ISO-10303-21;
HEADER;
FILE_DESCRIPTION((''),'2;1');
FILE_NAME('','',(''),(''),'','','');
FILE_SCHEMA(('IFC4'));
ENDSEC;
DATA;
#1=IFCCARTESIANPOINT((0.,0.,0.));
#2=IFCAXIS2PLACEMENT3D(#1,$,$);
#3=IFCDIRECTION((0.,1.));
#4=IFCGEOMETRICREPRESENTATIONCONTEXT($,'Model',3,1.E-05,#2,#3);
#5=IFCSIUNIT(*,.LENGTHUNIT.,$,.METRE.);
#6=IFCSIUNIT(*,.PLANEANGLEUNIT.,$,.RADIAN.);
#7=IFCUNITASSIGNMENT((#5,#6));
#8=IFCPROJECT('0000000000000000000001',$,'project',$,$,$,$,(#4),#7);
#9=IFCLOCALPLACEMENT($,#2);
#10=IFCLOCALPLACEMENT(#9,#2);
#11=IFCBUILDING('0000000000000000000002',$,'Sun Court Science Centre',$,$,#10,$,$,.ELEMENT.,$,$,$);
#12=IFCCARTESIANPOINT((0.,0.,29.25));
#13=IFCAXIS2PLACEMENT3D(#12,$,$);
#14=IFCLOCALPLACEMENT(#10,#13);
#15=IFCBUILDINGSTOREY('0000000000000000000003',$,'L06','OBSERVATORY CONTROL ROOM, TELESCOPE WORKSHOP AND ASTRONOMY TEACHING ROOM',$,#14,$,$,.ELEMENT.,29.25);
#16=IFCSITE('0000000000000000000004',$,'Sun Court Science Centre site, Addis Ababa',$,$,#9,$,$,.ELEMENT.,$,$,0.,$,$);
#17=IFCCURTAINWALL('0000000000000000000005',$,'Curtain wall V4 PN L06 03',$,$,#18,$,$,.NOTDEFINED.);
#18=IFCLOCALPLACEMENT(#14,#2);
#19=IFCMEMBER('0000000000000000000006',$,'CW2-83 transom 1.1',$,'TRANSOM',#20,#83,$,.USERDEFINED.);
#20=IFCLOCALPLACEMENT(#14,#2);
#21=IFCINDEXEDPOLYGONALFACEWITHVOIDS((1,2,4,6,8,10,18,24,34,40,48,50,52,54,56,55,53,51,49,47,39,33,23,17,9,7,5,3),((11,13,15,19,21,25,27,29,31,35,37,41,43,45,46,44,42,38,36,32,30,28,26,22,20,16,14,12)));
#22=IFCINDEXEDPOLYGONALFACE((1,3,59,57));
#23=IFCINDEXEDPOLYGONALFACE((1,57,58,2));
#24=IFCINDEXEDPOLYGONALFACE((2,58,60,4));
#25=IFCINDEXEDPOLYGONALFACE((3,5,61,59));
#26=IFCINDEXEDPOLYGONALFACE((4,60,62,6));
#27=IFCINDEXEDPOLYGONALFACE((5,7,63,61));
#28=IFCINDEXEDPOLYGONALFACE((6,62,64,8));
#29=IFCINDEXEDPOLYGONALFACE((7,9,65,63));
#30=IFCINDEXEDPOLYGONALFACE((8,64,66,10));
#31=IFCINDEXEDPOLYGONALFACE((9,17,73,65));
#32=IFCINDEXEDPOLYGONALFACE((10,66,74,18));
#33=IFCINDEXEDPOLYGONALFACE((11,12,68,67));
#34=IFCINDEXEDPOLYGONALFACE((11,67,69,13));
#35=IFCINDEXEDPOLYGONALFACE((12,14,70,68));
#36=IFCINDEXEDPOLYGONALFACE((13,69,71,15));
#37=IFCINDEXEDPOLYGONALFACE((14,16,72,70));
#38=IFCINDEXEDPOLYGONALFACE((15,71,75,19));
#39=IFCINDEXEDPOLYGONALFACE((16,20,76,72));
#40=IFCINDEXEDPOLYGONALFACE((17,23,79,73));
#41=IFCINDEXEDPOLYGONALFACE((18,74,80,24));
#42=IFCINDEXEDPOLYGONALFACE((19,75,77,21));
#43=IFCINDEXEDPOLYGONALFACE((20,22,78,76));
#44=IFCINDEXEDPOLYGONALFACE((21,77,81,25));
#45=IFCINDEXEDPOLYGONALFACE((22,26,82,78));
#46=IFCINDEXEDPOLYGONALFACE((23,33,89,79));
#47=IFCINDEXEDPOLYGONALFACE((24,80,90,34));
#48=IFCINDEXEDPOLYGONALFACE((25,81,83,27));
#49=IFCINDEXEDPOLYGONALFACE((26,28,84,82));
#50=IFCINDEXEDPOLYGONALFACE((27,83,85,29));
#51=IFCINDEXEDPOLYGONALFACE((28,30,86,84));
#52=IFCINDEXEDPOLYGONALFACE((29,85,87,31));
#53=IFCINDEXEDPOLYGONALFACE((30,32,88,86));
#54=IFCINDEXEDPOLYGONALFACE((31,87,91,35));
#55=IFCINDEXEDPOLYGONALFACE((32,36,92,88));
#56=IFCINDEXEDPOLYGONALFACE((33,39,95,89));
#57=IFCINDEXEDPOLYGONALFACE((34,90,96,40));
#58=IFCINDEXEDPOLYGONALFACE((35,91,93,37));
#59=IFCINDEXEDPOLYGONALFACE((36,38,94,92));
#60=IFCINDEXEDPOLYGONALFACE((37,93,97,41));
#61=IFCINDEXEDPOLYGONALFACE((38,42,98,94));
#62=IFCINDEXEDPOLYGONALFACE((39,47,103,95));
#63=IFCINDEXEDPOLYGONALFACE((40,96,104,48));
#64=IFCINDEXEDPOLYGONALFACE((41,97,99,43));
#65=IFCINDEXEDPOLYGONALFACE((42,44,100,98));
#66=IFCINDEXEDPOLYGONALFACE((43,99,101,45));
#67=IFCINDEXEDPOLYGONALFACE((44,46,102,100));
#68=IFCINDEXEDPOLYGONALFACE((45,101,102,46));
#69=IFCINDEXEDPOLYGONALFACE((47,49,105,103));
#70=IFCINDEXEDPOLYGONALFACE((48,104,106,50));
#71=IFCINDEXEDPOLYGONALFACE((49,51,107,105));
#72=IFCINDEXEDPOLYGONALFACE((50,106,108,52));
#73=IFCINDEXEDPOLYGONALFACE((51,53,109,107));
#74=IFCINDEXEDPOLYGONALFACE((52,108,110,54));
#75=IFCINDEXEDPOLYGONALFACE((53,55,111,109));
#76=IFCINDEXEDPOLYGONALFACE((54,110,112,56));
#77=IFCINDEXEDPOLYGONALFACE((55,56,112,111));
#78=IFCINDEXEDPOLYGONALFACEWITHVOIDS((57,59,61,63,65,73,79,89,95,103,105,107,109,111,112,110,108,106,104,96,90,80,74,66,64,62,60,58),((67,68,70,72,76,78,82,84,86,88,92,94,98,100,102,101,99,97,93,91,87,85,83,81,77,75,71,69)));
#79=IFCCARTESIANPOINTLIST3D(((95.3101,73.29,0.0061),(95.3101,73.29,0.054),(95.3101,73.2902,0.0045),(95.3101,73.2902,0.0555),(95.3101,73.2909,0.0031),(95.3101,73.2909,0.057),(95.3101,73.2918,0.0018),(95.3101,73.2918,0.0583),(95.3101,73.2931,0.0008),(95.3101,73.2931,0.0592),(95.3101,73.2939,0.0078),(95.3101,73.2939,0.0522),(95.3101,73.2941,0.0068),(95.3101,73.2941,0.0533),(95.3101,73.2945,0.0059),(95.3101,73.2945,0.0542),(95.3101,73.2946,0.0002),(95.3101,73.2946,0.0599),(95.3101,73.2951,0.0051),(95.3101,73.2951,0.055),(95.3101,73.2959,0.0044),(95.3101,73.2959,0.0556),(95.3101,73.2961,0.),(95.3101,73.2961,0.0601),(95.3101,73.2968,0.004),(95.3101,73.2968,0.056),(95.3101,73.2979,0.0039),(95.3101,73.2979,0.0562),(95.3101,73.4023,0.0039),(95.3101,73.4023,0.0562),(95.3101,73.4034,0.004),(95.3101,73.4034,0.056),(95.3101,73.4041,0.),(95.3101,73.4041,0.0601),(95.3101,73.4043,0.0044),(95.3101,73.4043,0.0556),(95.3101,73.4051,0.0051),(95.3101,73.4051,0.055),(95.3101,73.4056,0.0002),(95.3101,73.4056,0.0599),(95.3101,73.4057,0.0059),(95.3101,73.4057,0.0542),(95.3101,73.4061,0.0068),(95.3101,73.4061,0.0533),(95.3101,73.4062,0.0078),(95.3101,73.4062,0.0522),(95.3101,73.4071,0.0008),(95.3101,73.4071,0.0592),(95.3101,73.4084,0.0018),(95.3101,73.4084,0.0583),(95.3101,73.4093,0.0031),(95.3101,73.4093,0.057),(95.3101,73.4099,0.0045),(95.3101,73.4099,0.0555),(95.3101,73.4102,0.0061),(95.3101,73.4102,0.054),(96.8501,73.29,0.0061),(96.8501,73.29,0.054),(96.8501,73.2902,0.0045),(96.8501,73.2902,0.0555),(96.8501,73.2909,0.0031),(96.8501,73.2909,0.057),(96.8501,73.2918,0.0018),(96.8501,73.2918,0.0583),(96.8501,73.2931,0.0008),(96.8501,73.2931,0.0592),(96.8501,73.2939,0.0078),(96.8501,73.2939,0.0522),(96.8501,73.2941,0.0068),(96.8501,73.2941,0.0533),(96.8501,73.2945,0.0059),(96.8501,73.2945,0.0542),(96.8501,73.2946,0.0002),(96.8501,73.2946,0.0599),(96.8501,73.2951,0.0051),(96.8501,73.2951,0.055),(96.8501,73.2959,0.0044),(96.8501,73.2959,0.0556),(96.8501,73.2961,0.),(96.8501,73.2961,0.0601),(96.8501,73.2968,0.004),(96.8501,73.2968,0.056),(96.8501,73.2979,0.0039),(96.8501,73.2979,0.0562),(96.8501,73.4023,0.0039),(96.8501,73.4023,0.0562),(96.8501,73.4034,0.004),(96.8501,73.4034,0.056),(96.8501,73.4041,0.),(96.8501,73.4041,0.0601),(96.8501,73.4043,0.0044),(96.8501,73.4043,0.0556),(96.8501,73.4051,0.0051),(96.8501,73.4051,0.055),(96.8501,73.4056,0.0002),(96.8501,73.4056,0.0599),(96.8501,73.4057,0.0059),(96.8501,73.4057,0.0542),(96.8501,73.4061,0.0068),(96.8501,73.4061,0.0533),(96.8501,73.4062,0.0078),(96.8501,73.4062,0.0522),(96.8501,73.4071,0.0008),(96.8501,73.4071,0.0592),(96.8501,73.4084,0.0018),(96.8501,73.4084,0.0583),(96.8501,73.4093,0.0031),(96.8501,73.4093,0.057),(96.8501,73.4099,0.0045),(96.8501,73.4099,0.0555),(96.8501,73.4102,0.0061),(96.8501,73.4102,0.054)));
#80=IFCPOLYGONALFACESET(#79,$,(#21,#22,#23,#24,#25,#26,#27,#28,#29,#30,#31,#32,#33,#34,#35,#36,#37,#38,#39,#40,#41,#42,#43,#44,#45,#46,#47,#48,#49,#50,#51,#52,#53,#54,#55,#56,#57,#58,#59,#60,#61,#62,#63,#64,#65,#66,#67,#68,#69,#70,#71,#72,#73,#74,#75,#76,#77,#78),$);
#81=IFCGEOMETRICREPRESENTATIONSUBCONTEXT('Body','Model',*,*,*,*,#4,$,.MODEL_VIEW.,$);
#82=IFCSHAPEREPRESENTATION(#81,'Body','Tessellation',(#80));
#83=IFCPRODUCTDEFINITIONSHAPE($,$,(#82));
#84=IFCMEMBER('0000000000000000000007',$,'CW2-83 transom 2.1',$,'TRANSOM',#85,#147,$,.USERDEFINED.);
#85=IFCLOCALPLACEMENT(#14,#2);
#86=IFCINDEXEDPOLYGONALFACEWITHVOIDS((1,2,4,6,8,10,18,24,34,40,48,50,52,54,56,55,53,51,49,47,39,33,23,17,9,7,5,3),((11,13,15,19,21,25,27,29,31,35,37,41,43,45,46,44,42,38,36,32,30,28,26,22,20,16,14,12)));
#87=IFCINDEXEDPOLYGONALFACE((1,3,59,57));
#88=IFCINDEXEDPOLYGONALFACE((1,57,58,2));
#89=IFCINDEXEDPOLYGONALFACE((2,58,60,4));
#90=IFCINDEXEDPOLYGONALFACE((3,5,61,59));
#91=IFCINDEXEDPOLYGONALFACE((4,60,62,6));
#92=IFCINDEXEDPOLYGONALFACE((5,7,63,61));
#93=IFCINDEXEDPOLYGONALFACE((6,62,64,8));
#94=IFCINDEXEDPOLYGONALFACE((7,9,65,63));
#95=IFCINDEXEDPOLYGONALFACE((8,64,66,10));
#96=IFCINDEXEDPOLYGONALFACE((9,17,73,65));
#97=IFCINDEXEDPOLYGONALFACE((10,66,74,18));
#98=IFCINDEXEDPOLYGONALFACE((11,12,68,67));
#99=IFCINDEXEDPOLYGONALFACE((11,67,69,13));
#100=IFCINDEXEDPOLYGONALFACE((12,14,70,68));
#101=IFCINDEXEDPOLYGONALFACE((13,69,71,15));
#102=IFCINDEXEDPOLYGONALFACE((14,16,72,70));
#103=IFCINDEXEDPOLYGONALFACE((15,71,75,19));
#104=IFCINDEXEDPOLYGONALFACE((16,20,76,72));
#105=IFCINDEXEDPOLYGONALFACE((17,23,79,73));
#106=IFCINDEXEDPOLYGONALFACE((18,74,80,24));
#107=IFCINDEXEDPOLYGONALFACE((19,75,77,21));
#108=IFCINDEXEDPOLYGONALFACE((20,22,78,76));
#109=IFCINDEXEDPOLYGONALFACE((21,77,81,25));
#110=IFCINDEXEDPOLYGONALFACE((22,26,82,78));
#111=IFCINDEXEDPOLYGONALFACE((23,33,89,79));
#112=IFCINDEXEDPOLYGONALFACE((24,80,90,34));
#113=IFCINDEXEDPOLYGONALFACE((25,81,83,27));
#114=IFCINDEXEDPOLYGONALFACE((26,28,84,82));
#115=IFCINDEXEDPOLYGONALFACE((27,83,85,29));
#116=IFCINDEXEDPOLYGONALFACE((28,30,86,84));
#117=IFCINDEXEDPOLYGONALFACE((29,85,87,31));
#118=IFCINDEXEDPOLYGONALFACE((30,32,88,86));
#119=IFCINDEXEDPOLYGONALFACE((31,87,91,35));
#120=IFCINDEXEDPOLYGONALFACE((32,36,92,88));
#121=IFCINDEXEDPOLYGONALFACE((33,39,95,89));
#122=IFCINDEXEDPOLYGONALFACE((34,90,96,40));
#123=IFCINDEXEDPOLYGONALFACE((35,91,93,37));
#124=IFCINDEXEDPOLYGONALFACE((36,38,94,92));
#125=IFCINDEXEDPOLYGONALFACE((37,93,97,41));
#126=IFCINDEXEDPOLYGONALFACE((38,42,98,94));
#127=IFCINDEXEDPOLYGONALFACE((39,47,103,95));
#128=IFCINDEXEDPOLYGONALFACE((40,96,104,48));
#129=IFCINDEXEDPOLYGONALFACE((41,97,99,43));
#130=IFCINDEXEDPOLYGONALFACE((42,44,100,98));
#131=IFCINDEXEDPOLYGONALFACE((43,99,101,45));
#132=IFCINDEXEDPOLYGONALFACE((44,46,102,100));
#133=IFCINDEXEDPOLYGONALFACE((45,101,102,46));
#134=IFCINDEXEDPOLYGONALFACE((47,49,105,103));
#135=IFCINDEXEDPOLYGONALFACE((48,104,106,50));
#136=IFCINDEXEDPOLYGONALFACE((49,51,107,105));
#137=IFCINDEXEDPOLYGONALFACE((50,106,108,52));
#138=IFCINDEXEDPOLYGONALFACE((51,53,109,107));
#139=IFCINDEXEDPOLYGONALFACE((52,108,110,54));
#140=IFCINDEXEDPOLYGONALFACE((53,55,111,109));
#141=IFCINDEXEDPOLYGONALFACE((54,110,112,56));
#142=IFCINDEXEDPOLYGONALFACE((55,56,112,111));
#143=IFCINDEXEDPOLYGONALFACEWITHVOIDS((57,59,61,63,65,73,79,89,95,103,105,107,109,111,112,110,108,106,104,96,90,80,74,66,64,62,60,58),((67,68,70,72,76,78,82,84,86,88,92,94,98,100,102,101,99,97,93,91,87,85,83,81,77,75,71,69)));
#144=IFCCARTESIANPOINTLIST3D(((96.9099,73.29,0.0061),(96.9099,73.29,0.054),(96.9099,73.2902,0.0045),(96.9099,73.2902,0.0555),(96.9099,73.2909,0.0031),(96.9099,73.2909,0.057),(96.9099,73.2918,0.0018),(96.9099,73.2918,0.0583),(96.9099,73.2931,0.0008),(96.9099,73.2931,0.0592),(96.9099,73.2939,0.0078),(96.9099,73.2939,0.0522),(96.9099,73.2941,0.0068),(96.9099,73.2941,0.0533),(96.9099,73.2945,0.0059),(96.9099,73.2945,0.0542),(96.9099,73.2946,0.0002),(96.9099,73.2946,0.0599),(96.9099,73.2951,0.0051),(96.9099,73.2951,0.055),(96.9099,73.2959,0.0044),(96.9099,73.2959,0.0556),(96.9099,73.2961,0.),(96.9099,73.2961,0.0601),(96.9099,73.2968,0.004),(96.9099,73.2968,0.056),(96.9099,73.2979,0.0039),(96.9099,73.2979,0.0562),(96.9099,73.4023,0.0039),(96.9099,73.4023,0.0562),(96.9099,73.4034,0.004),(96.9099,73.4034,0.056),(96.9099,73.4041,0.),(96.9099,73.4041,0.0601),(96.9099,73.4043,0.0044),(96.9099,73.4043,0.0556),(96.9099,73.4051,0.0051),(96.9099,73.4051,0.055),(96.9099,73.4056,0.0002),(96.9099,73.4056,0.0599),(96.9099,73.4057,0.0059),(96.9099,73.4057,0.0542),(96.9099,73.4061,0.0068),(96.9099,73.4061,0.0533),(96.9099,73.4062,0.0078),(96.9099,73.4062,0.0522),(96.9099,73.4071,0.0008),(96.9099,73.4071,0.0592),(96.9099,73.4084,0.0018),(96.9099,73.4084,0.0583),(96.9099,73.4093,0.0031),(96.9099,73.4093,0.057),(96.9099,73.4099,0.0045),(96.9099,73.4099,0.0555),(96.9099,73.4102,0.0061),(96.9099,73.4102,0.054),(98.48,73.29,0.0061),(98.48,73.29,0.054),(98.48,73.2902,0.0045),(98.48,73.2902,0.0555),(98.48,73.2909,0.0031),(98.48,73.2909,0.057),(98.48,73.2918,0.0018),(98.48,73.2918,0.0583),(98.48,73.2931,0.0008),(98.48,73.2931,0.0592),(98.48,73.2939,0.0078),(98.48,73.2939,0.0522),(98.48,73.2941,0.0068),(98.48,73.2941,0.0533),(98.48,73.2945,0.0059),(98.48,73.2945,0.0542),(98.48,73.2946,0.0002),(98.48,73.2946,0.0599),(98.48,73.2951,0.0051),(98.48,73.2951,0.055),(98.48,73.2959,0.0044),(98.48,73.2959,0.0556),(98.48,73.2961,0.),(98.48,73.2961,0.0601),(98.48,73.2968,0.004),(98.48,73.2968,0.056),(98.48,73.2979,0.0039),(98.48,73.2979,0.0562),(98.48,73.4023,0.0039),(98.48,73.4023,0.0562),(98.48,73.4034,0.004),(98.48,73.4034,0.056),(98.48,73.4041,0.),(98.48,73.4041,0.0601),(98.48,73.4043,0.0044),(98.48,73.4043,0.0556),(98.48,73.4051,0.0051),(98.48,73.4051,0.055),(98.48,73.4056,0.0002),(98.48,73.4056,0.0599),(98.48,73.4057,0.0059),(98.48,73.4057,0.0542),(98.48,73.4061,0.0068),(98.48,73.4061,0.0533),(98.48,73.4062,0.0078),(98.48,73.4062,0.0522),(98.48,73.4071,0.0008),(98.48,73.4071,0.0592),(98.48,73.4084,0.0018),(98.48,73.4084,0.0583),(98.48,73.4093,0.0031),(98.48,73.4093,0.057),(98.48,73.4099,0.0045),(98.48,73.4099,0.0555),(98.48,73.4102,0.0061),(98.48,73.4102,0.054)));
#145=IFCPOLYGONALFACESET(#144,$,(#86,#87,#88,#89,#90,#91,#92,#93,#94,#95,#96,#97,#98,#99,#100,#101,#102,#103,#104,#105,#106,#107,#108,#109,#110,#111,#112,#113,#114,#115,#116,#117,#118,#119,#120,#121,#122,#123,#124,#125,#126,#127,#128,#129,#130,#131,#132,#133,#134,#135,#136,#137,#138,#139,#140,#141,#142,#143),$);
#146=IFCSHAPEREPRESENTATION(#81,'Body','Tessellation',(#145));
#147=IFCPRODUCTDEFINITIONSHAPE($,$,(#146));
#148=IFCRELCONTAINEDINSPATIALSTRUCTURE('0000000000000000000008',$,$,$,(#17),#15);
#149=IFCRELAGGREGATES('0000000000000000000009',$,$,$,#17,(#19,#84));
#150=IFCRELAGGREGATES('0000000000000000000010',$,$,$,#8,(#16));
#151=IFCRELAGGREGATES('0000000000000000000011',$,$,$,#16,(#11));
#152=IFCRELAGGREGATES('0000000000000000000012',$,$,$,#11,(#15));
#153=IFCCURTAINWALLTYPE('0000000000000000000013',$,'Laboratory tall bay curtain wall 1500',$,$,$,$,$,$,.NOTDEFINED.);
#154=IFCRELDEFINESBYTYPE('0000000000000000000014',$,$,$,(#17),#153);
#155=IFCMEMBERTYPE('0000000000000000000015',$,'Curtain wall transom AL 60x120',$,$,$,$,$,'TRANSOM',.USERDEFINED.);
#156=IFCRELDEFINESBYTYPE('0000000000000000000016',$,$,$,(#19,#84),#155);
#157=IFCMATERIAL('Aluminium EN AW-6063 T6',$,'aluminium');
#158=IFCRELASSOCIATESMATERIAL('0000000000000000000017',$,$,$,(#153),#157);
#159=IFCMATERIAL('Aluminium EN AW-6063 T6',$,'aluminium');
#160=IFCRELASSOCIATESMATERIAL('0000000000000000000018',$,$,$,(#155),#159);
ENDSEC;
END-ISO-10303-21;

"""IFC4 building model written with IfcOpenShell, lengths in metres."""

from ifc_helpers import new_model, si_unit, direction, frame, origin, origin_2d, place, context, subcontext, project, spatial, hollow_rectangle, extrude, material, material_profile, profile_set, type_object, element, aggregate, save


model = new_model("IFC4")

# Units and contexts
model_context = context("Model", 3, precision=1e-05, world=origin(), true_north=direction((0.0, 1.0)))
body_context = subcontext(model_context, "Body", "Model", "MODEL_VIEW")
ifc_project = project(units=[si_unit("LENGTHUNIT", "METRE"), si_unit("PLANEANGLEUNIT", "RADIAN")], contexts=[model_context])

# Site, building, storey
site_placement = place(None, origin())
site = spatial("IfcSite", under=ifc_project, at=site_placement, Name="Sun Court Science Centre site, Addis Ababa", CompositionType="ELEMENT", RefElevation=0.0)
building_placement = place(site_placement, origin())
building = spatial("IfcBuilding", under=site, at=building_placement, Name="Sun Court Science Centre", CompositionType="ELEMENT")
storey_placement = place(building_placement, frame((0.0, 0.0, 29.25)))
storey = spatial("IfcBuildingStorey", under=building, at=storey_placement, Name="L06", Description="OBSERVATORY CONTROL ROOM, TELESCOPE WORKSHOP AND ASTRONOMY TEACHING ROOM", CompositionType="ELEMENT", Elevation=29.25)

# Shared definitions
ifc_material_1 = material(Name="Aluminium EN AW-6063 T6", Category="aluminium")
curtain_wall_type = type_object("IfcCurtainWallType", Name="Laboratory tall bay curtain wall 1500", PredefinedType="NOTDEFINED", material=ifc_material_1)

# Curtain wall
curtain_wall_1_placement = place(storey_placement, origin())
curtain_wall_1 = element("IfcCurtainWall", 1, at=curtain_wall_1_placement, inside=storey, type_object=curtain_wall_type, Name="Curtain wall V4 PN L06 03", PredefinedType="NOTDEFINED")

# Members
ifc_material_2 = material(Name="Aluminium EN AW-6063 T6", Category="aluminium")
ifc_material_profile_1 = material_profile(ifc_material_2, hollow_rectangle(XDim=0.0601, YDim=0.1201, WallThickness=0.0039, InnerFilletRadius=0.0039, OuterFilletRadius=0.0061, at=origin_2d()), Name="AL 60x120x4")
ifc_profile_set_1 = profile_set([ifc_material_profile_1], Name="Aluminium EN AW-6063 T6")
member_type_1 = type_object("IfcMemberType", Name="Curtain wall transom AL 60x120", ElementType="TRANSOM", PredefinedType="USERDEFINED", material=ifc_profile_set_1)
member_1_placement = place(storey_placement, frame((95.3101, 73.3501, 0.03), z_axis=(1.0, 0.0, 0.0), x_axis=(0.0, 0.0, 1.0)))
member_1 = element("IfcMember", 2, at=member_1_placement, type_object=member_type_1, Name="CW2-83 transom 1.1", ObjectType="TRANSOM", PredefinedType="USERDEFINED", context=body_context, shape_type="SweptSolid", body=[
    extrude(hollow_rectangle(XDim=0.0601, YDim=0.1201, WallThickness=0.0039, InnerFilletRadius=0.0039, OuterFilletRadius=0.0061, at=origin_2d()), origin(), (0.0, 0.0, 1.0), 1.54),
])
member_2_placement = place(storey_placement, frame((96.9099, 73.3501, 0.03), z_axis=(1.0, 0.0, 0.0), x_axis=(0.0, 0.0, 1.0)))
member_2 = element("IfcMember", 3, at=member_2_placement, type_object=member_type_1, Name="CW2-83 transom 2.1", ObjectType="TRANSOM", PredefinedType="USERDEFINED", context=body_context, shape_type="SweptSolid", body=[
    extrude(hollow_rectangle(XDim=0.0601, YDim=0.1201, WallThickness=0.0039, InnerFilletRadius=0.0039, OuterFilletRadius=0.0061, at=origin_2d()), origin(), (0.0, 0.0, 1.0), 1.5701),
])

aggregate(curtain_wall_1, [member_1, member_2])

save(model, "model.ifc")
